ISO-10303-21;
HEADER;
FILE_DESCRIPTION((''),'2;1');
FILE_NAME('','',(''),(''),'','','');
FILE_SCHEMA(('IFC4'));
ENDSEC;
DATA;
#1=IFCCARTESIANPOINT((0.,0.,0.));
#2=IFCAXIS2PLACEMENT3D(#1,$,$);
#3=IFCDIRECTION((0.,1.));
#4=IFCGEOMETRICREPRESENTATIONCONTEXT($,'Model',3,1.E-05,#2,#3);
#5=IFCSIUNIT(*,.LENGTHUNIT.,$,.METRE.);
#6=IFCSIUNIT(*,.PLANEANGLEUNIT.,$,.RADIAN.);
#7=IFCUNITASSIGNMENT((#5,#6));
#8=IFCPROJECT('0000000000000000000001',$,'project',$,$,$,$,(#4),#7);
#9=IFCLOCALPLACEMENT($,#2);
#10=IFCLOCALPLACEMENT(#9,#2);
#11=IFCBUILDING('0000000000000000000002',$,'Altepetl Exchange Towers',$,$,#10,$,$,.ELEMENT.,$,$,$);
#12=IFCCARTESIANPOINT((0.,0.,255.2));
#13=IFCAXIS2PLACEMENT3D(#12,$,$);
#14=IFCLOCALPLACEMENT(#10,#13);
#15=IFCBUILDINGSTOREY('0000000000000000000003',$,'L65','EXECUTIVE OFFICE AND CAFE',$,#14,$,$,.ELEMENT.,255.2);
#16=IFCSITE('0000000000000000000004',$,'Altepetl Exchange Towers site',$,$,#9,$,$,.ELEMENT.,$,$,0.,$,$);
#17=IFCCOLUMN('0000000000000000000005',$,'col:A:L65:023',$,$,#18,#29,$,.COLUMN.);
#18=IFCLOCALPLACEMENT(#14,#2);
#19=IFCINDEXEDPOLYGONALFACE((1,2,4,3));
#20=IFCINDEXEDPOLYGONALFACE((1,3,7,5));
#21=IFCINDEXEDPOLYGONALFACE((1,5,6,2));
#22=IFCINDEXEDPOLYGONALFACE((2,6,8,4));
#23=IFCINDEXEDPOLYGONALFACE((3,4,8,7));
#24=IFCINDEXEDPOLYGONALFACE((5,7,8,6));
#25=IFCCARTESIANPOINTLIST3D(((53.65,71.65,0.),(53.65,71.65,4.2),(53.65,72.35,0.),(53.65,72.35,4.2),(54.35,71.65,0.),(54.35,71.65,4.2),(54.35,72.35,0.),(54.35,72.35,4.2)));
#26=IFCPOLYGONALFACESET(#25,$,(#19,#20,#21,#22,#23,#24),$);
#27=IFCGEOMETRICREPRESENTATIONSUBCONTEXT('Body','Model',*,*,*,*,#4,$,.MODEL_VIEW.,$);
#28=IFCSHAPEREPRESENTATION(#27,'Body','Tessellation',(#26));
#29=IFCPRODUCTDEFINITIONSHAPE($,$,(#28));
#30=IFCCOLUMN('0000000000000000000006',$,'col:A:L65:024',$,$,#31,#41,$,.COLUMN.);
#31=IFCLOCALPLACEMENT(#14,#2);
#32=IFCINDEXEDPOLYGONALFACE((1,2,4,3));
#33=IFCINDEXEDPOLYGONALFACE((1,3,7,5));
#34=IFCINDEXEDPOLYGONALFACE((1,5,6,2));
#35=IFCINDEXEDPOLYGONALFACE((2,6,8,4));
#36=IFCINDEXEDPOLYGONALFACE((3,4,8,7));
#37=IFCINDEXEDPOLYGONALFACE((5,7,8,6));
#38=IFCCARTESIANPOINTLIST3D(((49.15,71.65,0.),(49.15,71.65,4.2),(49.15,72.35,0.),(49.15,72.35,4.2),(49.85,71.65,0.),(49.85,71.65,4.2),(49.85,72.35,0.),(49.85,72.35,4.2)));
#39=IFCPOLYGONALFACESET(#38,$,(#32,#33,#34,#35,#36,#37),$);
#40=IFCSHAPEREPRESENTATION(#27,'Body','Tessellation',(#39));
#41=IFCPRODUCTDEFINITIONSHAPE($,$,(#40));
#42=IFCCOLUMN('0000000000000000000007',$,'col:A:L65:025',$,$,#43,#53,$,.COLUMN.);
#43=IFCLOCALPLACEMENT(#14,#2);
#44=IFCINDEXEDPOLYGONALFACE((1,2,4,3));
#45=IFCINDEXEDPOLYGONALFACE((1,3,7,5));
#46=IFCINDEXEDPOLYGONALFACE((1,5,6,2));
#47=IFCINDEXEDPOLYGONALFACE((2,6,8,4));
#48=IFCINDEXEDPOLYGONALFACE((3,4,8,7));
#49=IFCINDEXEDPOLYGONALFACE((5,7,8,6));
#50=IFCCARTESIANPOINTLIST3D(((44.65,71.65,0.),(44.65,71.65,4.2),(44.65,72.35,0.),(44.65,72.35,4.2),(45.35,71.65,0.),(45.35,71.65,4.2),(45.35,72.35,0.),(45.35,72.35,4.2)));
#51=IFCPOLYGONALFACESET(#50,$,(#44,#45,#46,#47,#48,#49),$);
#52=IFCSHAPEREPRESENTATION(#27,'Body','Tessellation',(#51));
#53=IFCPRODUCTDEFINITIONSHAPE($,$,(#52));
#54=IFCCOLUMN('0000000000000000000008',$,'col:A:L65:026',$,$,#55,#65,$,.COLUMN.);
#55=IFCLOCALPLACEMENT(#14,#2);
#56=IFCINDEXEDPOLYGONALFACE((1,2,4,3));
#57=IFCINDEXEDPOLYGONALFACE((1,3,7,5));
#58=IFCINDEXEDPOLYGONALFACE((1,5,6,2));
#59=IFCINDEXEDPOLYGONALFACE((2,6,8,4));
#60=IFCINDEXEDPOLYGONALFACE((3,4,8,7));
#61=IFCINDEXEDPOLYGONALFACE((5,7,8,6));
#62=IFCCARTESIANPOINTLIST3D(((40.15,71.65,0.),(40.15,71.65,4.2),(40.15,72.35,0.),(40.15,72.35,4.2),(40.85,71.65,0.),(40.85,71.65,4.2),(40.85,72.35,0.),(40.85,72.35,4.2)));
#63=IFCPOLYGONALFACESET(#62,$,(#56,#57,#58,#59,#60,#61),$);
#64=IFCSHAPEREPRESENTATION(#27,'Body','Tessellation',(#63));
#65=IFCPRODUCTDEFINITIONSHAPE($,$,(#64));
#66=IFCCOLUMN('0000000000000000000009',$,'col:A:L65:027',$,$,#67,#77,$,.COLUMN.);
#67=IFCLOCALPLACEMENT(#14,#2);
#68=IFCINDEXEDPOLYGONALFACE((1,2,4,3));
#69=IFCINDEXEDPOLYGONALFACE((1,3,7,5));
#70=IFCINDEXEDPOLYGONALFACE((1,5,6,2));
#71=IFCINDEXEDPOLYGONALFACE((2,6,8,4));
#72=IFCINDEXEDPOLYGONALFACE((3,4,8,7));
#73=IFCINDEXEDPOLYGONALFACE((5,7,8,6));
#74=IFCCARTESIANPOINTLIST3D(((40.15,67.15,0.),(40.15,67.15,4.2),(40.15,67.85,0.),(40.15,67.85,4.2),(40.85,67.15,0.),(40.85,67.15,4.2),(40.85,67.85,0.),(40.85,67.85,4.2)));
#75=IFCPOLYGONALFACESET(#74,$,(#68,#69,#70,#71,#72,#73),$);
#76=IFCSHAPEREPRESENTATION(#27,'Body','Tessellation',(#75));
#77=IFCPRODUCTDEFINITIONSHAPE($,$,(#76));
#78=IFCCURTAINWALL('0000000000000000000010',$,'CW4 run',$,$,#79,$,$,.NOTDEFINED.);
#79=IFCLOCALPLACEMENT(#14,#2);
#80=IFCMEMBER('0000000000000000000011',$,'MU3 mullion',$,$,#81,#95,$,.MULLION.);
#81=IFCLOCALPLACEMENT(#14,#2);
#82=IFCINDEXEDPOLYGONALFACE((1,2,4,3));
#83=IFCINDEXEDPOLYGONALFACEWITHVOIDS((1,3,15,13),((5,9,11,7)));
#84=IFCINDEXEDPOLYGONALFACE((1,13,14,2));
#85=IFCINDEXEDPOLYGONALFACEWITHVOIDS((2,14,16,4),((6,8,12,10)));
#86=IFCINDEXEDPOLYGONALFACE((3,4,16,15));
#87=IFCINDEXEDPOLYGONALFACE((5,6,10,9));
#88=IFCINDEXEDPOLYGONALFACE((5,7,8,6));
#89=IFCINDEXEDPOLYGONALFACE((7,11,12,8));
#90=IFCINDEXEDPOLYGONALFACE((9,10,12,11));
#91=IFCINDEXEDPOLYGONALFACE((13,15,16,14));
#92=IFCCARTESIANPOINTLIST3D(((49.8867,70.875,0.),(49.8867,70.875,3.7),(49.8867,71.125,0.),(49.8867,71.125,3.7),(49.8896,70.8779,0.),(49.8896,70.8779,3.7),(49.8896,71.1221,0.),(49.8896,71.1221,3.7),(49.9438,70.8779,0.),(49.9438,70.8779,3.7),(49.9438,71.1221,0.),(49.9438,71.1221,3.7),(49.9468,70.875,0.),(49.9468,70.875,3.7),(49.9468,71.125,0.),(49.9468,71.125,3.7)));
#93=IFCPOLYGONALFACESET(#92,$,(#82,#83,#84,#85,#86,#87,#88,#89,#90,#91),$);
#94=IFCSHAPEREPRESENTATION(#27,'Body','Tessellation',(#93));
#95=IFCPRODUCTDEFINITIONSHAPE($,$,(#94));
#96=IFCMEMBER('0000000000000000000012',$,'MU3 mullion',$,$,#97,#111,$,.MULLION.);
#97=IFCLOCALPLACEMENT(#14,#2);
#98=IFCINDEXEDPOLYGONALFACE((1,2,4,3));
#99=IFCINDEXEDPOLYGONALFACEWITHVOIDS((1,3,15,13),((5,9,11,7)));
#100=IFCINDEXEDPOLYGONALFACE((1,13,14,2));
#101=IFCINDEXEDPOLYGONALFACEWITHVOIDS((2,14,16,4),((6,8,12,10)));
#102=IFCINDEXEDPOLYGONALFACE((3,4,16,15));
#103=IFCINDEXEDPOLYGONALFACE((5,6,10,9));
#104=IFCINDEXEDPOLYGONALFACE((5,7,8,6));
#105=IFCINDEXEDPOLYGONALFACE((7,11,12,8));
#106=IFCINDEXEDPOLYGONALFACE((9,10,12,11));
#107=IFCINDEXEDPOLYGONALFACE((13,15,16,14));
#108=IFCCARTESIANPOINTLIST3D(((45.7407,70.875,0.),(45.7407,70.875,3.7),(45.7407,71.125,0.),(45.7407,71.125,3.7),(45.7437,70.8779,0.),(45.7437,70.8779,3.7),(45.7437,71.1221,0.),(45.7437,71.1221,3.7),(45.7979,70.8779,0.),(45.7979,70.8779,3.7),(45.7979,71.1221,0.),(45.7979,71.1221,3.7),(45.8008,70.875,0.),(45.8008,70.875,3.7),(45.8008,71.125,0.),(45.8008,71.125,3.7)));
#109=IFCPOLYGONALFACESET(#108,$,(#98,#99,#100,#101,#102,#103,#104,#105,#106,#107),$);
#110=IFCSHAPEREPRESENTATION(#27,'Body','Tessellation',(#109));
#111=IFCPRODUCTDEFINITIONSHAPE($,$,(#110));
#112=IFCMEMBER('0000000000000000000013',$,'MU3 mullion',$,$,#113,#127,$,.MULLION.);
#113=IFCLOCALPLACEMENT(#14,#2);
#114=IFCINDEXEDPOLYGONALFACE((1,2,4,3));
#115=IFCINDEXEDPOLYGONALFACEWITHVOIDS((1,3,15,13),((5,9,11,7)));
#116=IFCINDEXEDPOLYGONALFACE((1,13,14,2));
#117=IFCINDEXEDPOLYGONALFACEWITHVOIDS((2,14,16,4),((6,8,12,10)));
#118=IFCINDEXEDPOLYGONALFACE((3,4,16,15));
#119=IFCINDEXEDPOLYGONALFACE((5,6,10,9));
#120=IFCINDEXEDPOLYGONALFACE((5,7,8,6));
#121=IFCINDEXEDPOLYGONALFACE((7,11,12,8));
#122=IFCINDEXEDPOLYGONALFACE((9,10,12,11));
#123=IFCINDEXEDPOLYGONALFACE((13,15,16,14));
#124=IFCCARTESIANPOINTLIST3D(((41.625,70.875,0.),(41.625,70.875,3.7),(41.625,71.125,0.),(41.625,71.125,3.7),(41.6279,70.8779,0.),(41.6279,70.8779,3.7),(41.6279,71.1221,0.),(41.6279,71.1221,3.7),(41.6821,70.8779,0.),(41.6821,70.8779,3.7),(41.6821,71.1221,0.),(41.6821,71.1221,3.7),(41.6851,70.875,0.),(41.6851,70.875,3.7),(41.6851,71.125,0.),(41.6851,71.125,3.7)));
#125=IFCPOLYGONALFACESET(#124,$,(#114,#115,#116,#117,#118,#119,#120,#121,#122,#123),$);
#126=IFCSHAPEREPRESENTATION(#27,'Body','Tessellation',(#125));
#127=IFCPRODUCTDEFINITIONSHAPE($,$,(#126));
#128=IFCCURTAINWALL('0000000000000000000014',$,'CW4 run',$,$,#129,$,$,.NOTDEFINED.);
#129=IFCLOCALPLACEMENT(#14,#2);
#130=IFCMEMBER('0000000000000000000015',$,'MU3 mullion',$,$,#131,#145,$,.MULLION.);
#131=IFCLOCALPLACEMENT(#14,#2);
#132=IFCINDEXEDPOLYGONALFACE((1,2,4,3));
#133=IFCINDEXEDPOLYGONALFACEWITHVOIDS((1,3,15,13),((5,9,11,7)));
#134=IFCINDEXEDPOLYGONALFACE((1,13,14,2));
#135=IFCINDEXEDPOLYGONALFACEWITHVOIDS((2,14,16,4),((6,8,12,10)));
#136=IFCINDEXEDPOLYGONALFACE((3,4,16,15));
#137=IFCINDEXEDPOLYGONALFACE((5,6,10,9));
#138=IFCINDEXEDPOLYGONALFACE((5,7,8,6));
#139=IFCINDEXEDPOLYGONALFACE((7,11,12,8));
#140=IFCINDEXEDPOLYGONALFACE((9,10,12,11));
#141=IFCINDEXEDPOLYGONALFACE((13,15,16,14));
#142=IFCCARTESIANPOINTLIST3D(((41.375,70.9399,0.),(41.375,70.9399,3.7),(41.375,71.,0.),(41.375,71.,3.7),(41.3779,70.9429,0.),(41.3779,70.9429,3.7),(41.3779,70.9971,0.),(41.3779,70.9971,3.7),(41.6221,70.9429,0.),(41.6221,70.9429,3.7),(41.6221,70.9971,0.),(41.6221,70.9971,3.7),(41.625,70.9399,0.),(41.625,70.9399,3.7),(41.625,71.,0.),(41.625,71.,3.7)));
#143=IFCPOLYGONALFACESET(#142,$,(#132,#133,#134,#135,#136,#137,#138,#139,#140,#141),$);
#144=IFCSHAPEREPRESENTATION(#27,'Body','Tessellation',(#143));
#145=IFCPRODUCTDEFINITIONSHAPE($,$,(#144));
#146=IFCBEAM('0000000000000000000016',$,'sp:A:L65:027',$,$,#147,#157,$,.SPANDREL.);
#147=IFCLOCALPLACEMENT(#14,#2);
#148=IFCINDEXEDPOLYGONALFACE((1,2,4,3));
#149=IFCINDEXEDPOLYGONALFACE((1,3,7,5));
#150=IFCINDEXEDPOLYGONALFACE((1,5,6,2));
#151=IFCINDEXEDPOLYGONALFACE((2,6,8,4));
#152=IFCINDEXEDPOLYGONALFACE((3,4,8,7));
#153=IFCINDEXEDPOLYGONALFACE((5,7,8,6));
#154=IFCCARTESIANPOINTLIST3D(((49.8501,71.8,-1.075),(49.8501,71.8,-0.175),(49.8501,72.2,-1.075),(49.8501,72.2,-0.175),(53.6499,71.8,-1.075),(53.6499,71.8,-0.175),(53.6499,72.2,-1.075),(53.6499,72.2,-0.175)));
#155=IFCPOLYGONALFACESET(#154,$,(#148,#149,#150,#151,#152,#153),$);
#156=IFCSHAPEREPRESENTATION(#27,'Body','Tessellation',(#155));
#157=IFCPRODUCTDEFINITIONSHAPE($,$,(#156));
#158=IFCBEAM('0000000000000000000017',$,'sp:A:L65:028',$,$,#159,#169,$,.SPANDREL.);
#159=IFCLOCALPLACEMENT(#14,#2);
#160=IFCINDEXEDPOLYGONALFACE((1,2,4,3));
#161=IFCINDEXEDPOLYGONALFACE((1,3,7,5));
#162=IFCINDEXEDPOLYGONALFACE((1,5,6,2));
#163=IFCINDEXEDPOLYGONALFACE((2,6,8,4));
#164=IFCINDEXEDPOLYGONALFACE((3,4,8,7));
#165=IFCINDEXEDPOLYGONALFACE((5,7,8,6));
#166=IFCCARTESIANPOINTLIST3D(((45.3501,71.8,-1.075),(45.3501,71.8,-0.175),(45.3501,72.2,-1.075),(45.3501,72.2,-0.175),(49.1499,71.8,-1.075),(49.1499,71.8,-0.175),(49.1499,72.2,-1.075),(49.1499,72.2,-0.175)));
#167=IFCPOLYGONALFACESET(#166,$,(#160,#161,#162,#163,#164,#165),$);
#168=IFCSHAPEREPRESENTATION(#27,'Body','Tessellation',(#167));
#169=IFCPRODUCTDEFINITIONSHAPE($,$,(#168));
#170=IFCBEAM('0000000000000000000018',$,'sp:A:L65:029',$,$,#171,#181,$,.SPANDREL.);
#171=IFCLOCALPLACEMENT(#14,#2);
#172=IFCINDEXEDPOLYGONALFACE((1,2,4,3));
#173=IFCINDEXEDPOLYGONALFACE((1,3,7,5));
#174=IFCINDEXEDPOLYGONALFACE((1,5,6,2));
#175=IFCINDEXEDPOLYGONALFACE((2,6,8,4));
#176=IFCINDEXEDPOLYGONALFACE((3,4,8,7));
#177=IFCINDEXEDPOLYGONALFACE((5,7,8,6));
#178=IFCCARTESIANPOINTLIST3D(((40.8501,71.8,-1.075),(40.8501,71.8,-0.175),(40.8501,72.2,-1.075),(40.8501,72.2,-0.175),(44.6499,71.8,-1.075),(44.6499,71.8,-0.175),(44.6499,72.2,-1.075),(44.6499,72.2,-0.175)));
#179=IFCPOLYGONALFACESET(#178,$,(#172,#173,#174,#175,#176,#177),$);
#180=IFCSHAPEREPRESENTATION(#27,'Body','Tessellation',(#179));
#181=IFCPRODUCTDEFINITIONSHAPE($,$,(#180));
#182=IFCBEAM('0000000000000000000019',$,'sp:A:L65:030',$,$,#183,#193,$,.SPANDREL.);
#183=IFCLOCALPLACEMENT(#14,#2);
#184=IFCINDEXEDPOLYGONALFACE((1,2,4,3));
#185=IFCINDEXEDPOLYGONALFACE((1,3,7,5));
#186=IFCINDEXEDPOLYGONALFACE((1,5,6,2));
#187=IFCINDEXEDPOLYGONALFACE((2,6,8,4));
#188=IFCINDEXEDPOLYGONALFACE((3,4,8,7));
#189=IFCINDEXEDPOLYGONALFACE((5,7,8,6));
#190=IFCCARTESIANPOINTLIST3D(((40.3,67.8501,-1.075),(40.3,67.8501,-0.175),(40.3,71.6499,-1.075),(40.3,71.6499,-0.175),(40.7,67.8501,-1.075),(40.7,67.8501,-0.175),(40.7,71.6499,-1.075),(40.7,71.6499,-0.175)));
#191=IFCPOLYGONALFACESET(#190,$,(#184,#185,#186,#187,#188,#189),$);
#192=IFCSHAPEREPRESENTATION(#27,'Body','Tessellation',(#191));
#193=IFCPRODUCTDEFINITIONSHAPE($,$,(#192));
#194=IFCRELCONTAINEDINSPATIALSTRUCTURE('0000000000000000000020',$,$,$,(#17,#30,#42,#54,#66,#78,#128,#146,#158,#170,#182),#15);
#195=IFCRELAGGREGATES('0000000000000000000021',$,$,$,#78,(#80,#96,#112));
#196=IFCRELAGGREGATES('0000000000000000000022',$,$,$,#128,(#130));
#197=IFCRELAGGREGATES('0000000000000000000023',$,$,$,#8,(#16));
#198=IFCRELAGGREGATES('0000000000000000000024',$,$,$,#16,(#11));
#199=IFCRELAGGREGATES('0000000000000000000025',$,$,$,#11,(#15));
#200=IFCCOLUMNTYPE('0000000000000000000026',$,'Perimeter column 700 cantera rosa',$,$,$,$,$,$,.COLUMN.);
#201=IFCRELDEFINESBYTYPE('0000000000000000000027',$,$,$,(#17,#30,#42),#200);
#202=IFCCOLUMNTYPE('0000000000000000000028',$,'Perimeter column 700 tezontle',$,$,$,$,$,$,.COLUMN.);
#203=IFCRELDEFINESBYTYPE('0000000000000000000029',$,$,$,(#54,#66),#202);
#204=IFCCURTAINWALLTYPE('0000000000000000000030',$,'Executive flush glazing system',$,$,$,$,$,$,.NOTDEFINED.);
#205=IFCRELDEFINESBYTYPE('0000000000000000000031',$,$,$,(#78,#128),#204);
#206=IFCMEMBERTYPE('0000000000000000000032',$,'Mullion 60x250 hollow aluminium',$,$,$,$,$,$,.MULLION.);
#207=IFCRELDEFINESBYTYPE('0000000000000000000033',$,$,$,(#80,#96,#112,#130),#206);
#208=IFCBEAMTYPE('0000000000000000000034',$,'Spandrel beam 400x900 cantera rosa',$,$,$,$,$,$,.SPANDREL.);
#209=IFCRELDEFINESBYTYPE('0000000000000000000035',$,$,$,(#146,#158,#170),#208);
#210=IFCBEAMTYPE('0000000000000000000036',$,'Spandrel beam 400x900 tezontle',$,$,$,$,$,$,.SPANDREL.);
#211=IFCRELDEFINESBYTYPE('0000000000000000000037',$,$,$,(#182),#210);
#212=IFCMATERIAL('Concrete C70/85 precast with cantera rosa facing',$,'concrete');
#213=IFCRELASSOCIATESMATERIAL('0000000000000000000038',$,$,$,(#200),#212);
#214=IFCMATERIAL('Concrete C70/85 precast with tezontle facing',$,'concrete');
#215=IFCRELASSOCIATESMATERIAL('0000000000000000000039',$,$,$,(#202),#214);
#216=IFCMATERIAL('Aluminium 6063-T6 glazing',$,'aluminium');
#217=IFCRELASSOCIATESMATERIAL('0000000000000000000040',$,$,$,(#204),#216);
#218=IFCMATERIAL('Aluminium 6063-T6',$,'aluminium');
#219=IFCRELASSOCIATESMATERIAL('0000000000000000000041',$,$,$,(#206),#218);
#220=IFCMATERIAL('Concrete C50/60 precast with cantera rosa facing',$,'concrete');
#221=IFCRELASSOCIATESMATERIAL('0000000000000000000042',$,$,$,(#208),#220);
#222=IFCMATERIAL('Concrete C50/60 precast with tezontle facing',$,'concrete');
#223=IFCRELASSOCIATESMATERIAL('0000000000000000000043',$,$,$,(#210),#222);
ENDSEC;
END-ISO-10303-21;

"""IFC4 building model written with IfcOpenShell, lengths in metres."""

from ifc_helpers import new_model, si_unit, direction, frame, origin, origin_2d, place, context, subcontext, project, spatial, rectangle, hollow_rectangle, extrude, material, material_profile, profile_set, type_object, element, aggregate, save


model = new_model("IFC4")

# Units and contexts
model_context = context("Model", 3, precision=1e-05, world=origin(), true_north=direction((0.0, 1.0)))
body_context = subcontext(model_context, "Body", "Model", "MODEL_VIEW")
ifc_project = project(units=[si_unit("LENGTHUNIT", "METRE"), si_unit("PLANEANGLEUNIT", "RADIAN")], contexts=[model_context])

# Site, building, storey
site_placement = place(None, origin())
site = spatial("IfcSite", under=ifc_project, at=site_placement, Name="Altepetl Exchange Towers site", CompositionType="ELEMENT", RefElevation=0.0)
building_placement = place(site_placement, origin())
building = spatial("IfcBuilding", under=site, at=building_placement, Name="Altepetl Exchange Towers", CompositionType="ELEMENT")
storey_placement = place(building_placement, frame((0.0, 0.0, 255.2)))
storey = spatial("IfcBuildingStorey", under=building, at=storey_placement, Name="L65", Description="EXECUTIVE OFFICE AND CAFE", CompositionType="ELEMENT", Elevation=255.2)

# Columns
ifc_material_1 = material(Name="Concrete C70/85 precast with cantera rosa facing", Category="concrete")
ifc_material_profile_1 = material_profile(ifc_material_1, rectangle(XDim=0.7, YDim=0.7, at=origin_2d()), Name="700 x 700")
ifc_profile_set_1 = profile_set([ifc_material_profile_1], Name="Concrete C70/85 precast with cantera rosa facing")
column_type_1 = type_object("IfcColumnType", Name="Perimeter column 700 cantera rosa", PredefinedType="COLUMN", material=ifc_profile_set_1)
for number, where, name in (
    (1, (54.0, 72.0, 0.0), "col:A:L65:023"),
    (2, (49.5, 72.0, 0.0), "col:A:L65:024"),
    (3, (45.0, 72.0, 0.0), "col:A:L65:025"),
):
    element("IfcColumn", number, at=place(storey_placement, frame(where)), inside=storey, type_object=column_type_1, Name=name, PredefinedType="COLUMN", context=body_context, shape_type="SweptSolid", body=[
        extrude(rectangle(XDim=0.7, YDim=0.7, at=origin_2d()), origin(), (0.0, 0.0, 1.0), 4.2),
    ])
ifc_material_2 = material(Name="Concrete C70/85 precast with tezontle facing", Category="concrete")
ifc_material_profile_2 = material_profile(ifc_material_2, rectangle(XDim=0.7, YDim=0.7, at=origin_2d()), Name="700 x 700")
ifc_profile_set_2 = profile_set([ifc_material_profile_2], Name="Concrete C70/85 precast with tezontle facing")
column_type_2 = type_object("IfcColumnType", Name="Perimeter column 700 tezontle", PredefinedType="COLUMN", material=ifc_profile_set_2)
for number, where, name in (
    (4, (40.5, 72.0, 0.0), "col:A:L65:026"),
    (5, (40.5, 67.5, 0.0), "col:A:L65:027"),
):
    element("IfcColumn", number, at=place(storey_placement, frame(where)), inside=storey, type_object=column_type_2, Name=name, PredefinedType="COLUMN", context=body_context, shape_type="SweptSolid", body=[
        extrude(rectangle(XDim=0.7, YDim=0.7, at=origin_2d()), origin(), (0.0, 0.0, 1.0), 4.2),
    ])

# Curtain wall, members
ifc_material_3 = material(Name="Aluminium 6063-T6 glazing", Category="aluminium")
curtain_wall_type = type_object("IfcCurtainWallType", Name="Executive flush glazing system", PredefinedType="NOTDEFINED", material=ifc_material_3)
curtain_wall_1_placement = place(storey_placement, origin())
curtain_wall_1 = element("IfcCurtainWall", 6, at=curtain_wall_1_placement, inside=storey, type_object=curtain_wall_type, Name="CW4 run", PredefinedType="NOTDEFINED")
ifc_material_4 = material(Name="Aluminium 6063-T6", Category="aluminium")
ifc_material_profile_3 = material_profile(ifc_material_4, hollow_rectangle(XDim=0.0601, YDim=0.25, WallThickness=0.0029, at=origin_2d()), Name="Mullion 60x250 hollow aluminium")
ifc_profile_set_3 = profile_set([ifc_material_profile_3], Name="Aluminium 6063-T6")
member_type_1 = type_object("IfcMemberType", Name="Mullion 60x250 hollow aluminium", PredefinedType="MULLION", material=ifc_profile_set_3)
member_1_placement = place(storey_placement, frame((49.9167, 71.0, 0.0), z_axis=(0.0, 0.0, 1.0), x_axis=(-1.0, 0.0, 0.0)))
member_1 = element("IfcMember", 7, at=member_1_placement, type_object=member_type_1, Name="MU3 mullion", PredefinedType="MULLION", context=body_context, shape_type="SweptSolid", body=[
    extrude(hollow_rectangle(XDim=0.0601, YDim=0.25, WallThickness=0.0029, at=origin_2d()), origin(), (0.0, 0.0, 1.0), 3.7),
])
member_2_placement = place(storey_placement, frame((45.7708, 71.0, 0.0), z_axis=(0.0, 0.0, 1.0), x_axis=(-1.0, 0.0, 0.0)))
member_2 = element("IfcMember", 8, at=member_2_placement, type_object=member_type_1, Name="MU3 mullion", PredefinedType="MULLION", context=body_context, shape_type="SweptSolid", body=[
    extrude(hollow_rectangle(XDim=0.0601, YDim=0.25, WallThickness=0.0029, at=origin_2d()), origin(), (0.0, 0.0, 1.0), 3.7),
])
member_3_placement = place(storey_placement, frame((41.655, 71.0, 0.0), z_axis=(0.0, 0.0, 1.0), x_axis=(-1.0, 0.0, 0.0)))
member_3 = element("IfcMember", 9, at=member_3_placement, type_object=member_type_1, Name="MU3 mullion", PredefinedType="MULLION", context=body_context, shape_type="SweptSolid", body=[
    extrude(hollow_rectangle(XDim=0.0601, YDim=0.25, WallThickness=0.0029, at=origin_2d()), origin(), (0.0, 0.0, 1.0), 3.7),
])

# Curtain wall, member
curtain_wall_2_placement = place(storey_placement, origin())
curtain_wall_2 = element("IfcCurtainWall", 10, at=curtain_wall_2_placement, inside=storey, type_object=curtain_wall_type, Name="CW4 run", PredefinedType="NOTDEFINED")
member_4_placement = place(storey_placement, frame((41.5, 70.97, 0.0), z_axis=(0.0, 0.0, 1.0), x_axis=(0.0, -1.0, 0.0)))
member_4 = element("IfcMember", 11, at=member_4_placement, type_object=member_type_1, Name="MU3 mullion", PredefinedType="MULLION", context=body_context, shape_type="SweptSolid", body=[
    extrude(hollow_rectangle(XDim=0.0601, YDim=0.25, WallThickness=0.0029, at=origin_2d()), origin(), (0.0, 0.0, 1.0), 3.7),
])

# Beams
ifc_material_5 = material(Name="Concrete C50/60 precast with cantera rosa facing", Category="concrete")
ifc_material_profile_4 = material_profile(ifc_material_5, rectangle(XDim=0.3999, YDim=0.8999, at=origin_2d()), Name="400 x 900")
ifc_profile_set_4 = profile_set([ifc_material_profile_4], Name="Concrete C50/60 precast with cantera rosa facing")
beam_type_1 = type_object("IfcBeamType", Name="Spandrel beam 400x900 cantera rosa", PredefinedType="SPANDREL", material=ifc_profile_set_4)
for number, where, z_axis, x_axis, name in (
    (12, (53.6499, 72.0, -0.625), (-1.0, 0.0, 0.0), (0.0, -1.0, 0.0), "sp:A:L65:027"),
    (13, (49.1499, 72.0, -0.625), (-1.0, 0.0, 0.0), (0.0, -1.0, 0.0), "sp:A:L65:028"),
    (14, (44.6499, 72.0, -0.625), (-1.0, 0.0, 0.0), (0.0, -1.0, 0.0), "sp:A:L65:029"),
):
    element("IfcBeam", number, at=place(storey_placement, frame(where, z_axis=z_axis, x_axis=x_axis)), inside=storey, type_object=beam_type_1, Name=name, PredefinedType="SPANDREL", context=body_context, shape_type="SweptSolid", body=[
        extrude(rectangle(XDim=0.3999, YDim=0.8999, at=origin_2d()), origin(), (0.0, 0.0, 1.0), 3.7998),
    ])
ifc_material_6 = material(Name="Concrete C50/60 precast with tezontle facing", Category="concrete")
ifc_material_profile_5 = material_profile(ifc_material_6, rectangle(XDim=0.3999, YDim=0.8999, at=origin_2d()), Name="400 x 900")
ifc_profile_set_5 = profile_set([ifc_material_profile_5], Name="Concrete C50/60 precast with tezontle facing")
beam_type_2 = type_object("IfcBeamType", Name="Spandrel beam 400x900 tezontle", PredefinedType="SPANDREL", material=ifc_profile_set_5)
beam_placement = place(storey_placement, frame((40.5, 71.6499, -0.625), z_axis=(0.0, -1.0, 0.0), x_axis=(1.0, 0.0, 0.0)))
element("IfcBeam", 15, at=beam_placement, inside=storey, type_object=beam_type_2, Name="sp:A:L65:030", PredefinedType="SPANDREL", context=body_context, shape_type="SweptSolid", body=[
    extrude(rectangle(XDim=0.3999, YDim=0.8999, at=origin_2d()), origin(), (0.0, 0.0, 1.0), 3.7998),
])

aggregate(curtain_wall_1, [member_1, member_2, member_3])
aggregate(curtain_wall_2, [member_4])

save(model, "model.ifc")
